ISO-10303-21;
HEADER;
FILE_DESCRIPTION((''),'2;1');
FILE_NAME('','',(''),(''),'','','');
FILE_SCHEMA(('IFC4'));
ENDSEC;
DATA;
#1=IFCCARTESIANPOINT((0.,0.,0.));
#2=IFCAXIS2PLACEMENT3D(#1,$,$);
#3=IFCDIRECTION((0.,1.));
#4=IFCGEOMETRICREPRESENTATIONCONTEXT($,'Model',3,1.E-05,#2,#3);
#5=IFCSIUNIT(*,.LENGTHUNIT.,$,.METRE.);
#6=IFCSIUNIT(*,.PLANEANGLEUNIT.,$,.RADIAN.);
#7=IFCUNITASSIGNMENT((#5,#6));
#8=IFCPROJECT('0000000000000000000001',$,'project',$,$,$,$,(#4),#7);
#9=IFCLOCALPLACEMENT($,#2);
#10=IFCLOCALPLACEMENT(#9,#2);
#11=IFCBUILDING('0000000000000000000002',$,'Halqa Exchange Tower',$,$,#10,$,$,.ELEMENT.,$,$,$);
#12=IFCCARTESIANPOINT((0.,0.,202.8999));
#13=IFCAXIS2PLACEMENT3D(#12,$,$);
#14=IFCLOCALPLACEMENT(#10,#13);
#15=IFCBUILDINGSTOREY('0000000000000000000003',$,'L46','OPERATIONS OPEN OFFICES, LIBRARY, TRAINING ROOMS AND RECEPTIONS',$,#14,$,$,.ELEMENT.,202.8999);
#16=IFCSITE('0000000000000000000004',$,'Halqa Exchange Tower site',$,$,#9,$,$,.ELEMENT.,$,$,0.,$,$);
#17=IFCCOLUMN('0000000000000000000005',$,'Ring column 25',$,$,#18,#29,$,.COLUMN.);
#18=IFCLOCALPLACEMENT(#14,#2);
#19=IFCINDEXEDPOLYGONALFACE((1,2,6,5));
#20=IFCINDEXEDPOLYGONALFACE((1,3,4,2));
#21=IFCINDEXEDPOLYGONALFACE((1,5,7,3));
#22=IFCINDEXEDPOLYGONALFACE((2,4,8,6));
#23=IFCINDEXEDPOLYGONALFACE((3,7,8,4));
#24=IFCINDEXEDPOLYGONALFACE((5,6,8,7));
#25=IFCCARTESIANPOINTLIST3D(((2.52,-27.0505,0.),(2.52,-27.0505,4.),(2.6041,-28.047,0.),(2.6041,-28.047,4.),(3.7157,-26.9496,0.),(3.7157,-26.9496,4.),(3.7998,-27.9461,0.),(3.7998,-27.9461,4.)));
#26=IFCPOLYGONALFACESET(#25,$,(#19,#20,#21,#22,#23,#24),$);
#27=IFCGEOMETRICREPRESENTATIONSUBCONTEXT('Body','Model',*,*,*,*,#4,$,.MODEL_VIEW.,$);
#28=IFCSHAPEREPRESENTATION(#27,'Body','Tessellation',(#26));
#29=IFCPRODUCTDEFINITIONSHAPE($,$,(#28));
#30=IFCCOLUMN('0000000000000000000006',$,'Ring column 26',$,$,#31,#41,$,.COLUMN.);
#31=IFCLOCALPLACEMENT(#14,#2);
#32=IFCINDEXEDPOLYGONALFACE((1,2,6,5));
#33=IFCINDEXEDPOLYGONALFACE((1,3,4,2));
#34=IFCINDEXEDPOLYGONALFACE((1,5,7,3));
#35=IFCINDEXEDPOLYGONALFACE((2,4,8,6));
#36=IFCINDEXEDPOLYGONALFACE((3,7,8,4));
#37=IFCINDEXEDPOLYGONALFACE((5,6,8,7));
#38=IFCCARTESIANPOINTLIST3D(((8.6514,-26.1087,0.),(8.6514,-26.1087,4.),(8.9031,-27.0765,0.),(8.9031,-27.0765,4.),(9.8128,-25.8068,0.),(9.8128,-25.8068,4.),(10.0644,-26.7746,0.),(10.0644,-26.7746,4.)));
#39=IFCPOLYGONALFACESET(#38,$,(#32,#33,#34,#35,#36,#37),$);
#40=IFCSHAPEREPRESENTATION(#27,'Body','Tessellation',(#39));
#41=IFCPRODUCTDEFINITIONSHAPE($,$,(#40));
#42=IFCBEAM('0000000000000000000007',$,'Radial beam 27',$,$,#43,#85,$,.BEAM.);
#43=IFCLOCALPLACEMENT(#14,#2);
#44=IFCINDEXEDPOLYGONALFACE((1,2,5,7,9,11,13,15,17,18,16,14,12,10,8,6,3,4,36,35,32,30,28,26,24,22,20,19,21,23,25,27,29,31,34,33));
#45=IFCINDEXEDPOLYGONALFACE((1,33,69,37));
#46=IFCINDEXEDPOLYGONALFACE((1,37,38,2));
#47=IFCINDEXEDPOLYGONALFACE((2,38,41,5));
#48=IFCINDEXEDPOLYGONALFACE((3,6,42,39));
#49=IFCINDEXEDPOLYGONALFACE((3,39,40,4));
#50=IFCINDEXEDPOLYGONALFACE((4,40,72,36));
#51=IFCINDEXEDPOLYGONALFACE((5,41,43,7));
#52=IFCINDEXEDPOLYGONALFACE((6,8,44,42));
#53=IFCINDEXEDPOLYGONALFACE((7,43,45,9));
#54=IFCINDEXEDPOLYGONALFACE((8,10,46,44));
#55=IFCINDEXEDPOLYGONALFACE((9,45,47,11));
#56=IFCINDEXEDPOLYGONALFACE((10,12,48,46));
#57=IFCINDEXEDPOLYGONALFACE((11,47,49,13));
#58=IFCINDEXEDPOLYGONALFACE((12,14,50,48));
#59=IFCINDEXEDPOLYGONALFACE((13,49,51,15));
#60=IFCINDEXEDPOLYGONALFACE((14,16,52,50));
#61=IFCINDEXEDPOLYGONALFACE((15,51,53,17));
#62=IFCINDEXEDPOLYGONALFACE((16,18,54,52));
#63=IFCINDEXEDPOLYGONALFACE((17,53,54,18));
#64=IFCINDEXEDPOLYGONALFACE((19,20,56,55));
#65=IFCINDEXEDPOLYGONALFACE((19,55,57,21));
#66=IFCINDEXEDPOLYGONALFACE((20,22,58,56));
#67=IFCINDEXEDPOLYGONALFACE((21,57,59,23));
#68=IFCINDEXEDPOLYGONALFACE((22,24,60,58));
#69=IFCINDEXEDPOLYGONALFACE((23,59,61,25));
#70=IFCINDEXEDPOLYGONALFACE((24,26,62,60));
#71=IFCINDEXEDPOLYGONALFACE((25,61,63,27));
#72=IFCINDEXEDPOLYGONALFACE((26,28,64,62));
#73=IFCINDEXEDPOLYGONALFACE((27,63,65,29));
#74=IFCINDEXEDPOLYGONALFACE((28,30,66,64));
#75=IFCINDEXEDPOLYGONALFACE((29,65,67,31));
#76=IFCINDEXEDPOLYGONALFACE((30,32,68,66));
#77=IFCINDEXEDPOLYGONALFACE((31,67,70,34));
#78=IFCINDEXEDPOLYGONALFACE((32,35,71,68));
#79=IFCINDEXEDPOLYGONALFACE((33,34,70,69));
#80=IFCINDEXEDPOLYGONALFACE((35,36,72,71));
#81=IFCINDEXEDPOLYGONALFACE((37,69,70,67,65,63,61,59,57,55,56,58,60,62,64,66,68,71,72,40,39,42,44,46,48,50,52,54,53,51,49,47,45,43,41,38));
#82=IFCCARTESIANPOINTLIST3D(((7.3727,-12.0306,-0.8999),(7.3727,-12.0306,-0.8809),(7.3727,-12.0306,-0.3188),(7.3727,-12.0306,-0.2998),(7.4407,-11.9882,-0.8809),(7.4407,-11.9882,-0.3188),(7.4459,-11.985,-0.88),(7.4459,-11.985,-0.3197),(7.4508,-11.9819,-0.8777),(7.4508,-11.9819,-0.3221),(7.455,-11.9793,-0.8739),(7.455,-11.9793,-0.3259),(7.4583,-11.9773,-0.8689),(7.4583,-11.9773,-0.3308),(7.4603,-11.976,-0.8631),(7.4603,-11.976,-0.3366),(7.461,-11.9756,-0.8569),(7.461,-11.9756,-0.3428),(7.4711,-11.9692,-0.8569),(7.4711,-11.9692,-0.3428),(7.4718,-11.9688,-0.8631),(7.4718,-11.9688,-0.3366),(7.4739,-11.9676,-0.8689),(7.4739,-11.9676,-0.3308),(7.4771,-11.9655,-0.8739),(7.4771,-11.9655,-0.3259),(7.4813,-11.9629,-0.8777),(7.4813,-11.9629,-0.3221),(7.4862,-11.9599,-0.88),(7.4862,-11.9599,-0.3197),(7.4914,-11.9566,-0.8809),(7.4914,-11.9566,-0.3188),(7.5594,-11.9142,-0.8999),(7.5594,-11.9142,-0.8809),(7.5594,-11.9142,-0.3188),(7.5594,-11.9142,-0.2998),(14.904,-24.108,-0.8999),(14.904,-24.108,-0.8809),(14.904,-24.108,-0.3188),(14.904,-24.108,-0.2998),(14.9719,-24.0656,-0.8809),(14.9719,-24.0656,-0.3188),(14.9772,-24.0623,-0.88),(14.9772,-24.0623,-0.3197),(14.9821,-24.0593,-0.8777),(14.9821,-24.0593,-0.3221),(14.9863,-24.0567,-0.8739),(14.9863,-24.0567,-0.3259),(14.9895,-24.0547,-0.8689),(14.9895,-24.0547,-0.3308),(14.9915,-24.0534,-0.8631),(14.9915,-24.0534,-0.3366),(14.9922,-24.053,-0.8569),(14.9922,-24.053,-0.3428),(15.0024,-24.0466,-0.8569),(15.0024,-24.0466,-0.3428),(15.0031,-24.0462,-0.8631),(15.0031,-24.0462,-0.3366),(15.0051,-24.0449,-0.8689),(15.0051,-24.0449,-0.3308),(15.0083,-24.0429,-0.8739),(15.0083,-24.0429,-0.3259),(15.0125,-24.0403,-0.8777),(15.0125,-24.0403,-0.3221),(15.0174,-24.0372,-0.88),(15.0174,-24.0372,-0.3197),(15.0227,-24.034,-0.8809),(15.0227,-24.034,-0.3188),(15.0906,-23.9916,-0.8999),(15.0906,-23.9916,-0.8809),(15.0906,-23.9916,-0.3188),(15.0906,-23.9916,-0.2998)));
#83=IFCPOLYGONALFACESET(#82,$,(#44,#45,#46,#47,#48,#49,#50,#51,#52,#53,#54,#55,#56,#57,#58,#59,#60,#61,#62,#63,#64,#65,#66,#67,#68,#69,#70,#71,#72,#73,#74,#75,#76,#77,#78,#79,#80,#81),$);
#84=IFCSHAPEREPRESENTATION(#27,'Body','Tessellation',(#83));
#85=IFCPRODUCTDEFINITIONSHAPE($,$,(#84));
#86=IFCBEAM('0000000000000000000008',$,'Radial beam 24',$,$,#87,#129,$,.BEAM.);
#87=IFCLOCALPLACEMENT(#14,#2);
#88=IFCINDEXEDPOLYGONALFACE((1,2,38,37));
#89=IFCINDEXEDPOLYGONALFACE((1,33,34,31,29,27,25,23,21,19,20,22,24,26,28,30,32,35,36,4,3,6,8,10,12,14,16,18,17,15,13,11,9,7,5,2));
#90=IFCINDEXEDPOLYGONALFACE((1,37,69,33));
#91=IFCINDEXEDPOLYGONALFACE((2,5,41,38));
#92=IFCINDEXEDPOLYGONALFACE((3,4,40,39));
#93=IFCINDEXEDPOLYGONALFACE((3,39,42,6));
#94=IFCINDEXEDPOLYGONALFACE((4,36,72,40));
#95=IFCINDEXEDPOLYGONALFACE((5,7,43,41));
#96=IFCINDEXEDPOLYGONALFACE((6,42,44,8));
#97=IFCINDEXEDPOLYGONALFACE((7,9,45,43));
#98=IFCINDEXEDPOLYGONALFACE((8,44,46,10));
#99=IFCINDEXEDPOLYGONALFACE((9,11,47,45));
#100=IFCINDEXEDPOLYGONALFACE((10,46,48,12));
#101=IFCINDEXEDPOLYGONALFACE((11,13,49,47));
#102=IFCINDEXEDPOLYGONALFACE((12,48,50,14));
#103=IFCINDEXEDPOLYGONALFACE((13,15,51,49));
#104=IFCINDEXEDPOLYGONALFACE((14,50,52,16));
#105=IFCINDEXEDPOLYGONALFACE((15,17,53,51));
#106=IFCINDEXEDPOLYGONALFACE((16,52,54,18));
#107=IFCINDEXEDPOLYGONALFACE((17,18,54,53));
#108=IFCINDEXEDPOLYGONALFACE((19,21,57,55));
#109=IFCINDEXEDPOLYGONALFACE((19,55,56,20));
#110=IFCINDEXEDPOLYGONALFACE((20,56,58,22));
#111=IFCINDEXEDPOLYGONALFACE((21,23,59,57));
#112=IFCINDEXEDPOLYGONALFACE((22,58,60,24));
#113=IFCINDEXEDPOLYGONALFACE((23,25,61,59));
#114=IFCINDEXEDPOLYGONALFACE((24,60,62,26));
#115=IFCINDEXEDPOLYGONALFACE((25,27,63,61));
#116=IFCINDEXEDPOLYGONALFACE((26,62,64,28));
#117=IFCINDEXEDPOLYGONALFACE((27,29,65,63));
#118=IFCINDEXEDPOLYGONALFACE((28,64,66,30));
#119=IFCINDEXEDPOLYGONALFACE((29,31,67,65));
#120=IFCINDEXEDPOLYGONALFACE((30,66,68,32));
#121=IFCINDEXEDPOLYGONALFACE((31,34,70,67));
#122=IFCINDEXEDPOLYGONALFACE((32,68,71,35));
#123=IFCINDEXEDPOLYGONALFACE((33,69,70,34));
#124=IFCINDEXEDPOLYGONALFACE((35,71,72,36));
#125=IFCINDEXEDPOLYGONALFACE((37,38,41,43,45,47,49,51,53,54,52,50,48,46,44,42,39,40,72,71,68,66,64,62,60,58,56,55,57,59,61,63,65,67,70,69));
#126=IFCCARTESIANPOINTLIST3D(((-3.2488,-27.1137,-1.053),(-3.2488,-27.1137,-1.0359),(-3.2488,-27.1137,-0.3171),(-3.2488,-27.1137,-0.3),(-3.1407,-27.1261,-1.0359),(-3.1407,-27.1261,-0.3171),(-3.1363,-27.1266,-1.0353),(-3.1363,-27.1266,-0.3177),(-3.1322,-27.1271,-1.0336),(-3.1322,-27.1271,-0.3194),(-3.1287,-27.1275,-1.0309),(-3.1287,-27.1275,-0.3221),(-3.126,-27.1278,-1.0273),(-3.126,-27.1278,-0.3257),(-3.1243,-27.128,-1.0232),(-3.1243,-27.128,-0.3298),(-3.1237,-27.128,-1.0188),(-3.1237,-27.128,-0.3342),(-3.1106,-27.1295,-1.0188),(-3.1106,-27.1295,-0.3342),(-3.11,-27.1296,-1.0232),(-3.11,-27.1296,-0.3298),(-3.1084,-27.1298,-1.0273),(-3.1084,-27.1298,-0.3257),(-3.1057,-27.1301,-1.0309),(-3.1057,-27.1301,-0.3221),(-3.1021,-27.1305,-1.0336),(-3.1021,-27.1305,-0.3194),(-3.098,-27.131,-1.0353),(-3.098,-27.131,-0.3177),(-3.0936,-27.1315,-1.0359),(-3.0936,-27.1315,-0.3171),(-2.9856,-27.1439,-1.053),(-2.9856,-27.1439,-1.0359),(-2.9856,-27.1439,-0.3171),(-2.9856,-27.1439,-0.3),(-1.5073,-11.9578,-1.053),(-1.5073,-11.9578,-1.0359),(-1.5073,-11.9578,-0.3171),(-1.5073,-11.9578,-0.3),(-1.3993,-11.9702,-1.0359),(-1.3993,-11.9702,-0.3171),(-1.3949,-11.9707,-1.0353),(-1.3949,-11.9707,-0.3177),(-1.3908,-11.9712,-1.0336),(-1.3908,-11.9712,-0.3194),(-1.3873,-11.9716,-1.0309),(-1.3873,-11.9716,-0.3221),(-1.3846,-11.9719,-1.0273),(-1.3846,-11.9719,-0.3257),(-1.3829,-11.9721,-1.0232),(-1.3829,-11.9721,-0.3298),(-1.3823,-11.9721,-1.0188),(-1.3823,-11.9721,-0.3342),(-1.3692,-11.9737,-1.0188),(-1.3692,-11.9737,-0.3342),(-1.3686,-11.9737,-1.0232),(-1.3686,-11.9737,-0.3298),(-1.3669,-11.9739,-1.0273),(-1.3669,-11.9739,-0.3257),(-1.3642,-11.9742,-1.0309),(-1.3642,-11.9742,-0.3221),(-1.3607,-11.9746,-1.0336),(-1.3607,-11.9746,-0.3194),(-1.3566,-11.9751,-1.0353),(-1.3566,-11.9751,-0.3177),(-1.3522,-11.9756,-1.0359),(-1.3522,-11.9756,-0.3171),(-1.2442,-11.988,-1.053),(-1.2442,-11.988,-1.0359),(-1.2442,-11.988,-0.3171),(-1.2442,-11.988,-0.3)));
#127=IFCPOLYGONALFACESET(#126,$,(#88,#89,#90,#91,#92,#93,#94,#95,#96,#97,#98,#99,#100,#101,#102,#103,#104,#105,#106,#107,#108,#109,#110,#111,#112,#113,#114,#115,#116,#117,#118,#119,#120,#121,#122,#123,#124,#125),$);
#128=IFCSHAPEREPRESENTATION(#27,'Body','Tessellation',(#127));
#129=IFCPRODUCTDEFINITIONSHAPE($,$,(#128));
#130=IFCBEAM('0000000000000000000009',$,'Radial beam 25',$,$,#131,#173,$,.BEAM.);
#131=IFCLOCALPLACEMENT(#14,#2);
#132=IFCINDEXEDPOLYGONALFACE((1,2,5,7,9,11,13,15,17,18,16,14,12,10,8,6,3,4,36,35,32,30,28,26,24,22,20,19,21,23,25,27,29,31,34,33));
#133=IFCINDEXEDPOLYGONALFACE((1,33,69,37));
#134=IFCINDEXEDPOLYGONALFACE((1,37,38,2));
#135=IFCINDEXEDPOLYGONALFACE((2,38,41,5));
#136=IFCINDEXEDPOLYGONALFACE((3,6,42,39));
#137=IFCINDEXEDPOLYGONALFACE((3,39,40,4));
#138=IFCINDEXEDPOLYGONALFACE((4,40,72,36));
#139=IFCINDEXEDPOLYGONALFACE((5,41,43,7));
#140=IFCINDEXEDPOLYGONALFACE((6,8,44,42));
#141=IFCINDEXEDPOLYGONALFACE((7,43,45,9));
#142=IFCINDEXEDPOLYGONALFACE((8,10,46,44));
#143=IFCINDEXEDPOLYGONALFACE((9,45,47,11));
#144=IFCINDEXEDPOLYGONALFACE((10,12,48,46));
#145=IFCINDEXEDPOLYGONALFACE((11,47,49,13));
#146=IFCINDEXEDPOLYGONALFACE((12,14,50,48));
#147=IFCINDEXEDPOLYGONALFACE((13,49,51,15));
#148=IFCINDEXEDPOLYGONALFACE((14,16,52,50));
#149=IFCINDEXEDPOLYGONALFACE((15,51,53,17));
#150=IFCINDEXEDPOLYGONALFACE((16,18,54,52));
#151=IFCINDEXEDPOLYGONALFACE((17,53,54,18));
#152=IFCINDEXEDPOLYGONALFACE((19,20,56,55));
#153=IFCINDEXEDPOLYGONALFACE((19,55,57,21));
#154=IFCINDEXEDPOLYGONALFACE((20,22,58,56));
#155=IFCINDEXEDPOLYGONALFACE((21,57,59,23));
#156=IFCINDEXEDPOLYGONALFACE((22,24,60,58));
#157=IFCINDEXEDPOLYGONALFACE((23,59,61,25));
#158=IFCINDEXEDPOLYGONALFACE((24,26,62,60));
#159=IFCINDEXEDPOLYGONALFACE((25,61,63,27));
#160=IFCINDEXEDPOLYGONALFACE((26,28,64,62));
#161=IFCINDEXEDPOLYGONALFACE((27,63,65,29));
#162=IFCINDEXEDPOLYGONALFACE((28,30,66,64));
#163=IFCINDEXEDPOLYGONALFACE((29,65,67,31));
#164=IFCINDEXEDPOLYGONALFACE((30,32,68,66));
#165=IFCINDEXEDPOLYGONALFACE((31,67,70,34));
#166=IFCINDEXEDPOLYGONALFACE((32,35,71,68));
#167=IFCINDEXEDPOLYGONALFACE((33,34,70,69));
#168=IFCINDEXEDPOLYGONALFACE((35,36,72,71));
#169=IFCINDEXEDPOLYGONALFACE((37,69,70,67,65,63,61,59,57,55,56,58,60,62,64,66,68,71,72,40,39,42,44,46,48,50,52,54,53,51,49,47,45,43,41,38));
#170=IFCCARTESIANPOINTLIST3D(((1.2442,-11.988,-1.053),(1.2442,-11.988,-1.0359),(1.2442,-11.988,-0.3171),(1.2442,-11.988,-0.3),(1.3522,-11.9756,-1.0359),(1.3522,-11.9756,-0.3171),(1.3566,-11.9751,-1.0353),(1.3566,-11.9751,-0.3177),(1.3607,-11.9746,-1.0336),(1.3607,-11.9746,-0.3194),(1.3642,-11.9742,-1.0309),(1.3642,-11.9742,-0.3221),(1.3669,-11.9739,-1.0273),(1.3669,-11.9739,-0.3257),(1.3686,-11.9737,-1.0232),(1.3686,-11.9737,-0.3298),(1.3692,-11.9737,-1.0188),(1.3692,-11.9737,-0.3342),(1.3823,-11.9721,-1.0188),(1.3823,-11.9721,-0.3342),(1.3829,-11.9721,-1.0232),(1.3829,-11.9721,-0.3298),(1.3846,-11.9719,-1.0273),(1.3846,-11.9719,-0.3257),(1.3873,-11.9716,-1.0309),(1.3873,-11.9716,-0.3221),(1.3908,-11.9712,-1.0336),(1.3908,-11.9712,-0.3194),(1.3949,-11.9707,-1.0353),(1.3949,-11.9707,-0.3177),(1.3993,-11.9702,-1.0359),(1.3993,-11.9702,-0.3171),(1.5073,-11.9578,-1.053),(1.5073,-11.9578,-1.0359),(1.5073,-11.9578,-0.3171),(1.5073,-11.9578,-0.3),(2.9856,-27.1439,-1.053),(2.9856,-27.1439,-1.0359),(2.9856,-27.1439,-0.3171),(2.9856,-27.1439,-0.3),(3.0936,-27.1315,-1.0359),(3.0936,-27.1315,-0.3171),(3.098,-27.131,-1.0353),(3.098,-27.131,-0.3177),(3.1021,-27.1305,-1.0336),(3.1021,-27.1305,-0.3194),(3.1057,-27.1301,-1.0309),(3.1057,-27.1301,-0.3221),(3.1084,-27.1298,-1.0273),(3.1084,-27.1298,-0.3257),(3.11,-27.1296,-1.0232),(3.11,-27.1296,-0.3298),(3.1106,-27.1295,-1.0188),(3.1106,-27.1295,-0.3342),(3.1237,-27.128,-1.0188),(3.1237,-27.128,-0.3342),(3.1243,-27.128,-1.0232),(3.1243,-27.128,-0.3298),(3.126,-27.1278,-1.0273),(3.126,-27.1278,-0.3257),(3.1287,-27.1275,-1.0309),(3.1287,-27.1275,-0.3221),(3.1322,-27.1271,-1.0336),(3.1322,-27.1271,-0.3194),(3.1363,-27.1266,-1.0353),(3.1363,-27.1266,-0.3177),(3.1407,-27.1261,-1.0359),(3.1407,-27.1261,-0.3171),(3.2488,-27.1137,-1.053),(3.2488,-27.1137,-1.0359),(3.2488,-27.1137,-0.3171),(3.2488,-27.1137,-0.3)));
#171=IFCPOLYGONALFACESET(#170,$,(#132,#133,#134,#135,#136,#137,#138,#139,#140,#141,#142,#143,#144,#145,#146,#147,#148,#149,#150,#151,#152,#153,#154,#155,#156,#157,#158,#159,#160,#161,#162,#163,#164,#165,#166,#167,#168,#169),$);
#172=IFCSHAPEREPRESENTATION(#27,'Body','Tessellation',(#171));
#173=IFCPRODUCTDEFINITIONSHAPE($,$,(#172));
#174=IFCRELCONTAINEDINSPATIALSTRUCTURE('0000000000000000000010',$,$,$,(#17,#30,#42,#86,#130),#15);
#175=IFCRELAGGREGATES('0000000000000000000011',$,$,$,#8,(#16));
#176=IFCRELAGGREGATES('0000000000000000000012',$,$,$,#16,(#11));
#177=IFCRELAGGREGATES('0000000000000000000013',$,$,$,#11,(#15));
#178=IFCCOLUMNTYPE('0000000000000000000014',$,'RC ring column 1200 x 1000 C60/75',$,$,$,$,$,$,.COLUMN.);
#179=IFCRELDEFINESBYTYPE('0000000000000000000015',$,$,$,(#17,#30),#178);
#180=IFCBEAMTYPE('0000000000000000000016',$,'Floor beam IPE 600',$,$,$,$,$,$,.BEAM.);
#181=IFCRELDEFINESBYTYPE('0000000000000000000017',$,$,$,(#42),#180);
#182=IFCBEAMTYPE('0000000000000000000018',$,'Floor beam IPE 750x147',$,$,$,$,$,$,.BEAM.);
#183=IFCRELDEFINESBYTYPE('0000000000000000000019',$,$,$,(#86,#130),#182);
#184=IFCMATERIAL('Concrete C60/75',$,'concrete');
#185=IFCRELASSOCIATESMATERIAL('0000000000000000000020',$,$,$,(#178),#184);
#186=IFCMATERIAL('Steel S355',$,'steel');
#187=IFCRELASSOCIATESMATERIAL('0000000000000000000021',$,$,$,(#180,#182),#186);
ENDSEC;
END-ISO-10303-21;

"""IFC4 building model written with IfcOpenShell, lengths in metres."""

from ifc_helpers import new_model, si_unit, direction, frame, origin, origin_2d, place, context, subcontext, project, spatial, rectangle, i_section, extrude, material, material_profile, profile_set, type_object, element, save


model = new_model("IFC4")

# Units and contexts
model_context = context("Model", 3, precision=1e-05, world=origin(), true_north=direction((0.0, 1.0)))
body_context = subcontext(model_context, "Body", "Model", "MODEL_VIEW")
ifc_project = project(units=[si_unit("LENGTHUNIT", "METRE"), si_unit("PLANEANGLEUNIT", "RADIAN")], contexts=[model_context])

# Site, building, storey
site_placement = place(None, origin())
site = spatial("IfcSite", under=ifc_project, at=site_placement, Name="Halqa Exchange Tower site", CompositionType="ELEMENT", RefElevation=0.0)
building_placement = place(site_placement, origin())
building = spatial("IfcBuilding", under=site, at=building_placement, Name="Halqa Exchange Tower", CompositionType="ELEMENT")
storey_placement = place(building_placement, frame((0.0, 0.0, 202.8999)))
storey = spatial("IfcBuildingStorey", under=building, at=storey_placement, Name="L46", Description="OPERATIONS OPEN OFFICES, LIBRARY, TRAINING ROOMS AND RECEPTIONS", CompositionType="ELEMENT", Elevation=202.8999)

# Columns
ifc_material_1 = material(Name="Concrete C60/75", Category="concrete")
ifc_material_profile_1 = material_profile(ifc_material_1, rectangle(XDim=1.2, YDim=1.0, at=origin_2d()), Name="1200 x 1000")
ifc_profile_set_1 = profile_set([ifc_material_profile_1], Name="Concrete C60/75")
column_type = type_object("IfcColumnType", Name="RC ring column 1200 x 1000 C60/75", PredefinedType="COLUMN", material=ifc_profile_set_1)
for number, where, z_axis, x_axis, name in (
    (1, (3.1599, -27.4983, 0.0), (0.0, 0.0, 1.0), (0.996456, 0.084118, 0.0), "Ring column 25"),
    (2, (9.3579, -26.4417, 0.0), (0.0, 0.0, 1.0), (0.96782, 0.251642, 0.0), "Ring column 26"),
):
    element("IfcColumn", number, at=place(storey_placement, frame(where, z_axis=z_axis, x_axis=x_axis)), inside=storey, type_object=column_type, Name=name, PredefinedType="COLUMN", context=body_context, shape_type="SweptSolid", body=[
        extrude(rectangle(XDim=1.2, YDim=1.0, at=origin_2d()), origin(), (0.0, 0.0, 1.0), 4.0),
    ])

# Beams
ifc_material_2 = material(Name="Steel S355", Category="steel")
ifc_material_profile_2 = material_profile(ifc_material_2, i_section(OverallWidth=0.22, OverallDepth=0.6001, WebThickness=0.012, FlangeThickness=0.019, FilletRadius=0.0239, at=origin_2d()), Name="IPE 600")
ifc_profile_set_2 = profile_set([ifc_material_profile_2], Name="Steel S355")
beam_type_1 = type_object("IfcBeamType", Name="Floor beam IPE 600", PredefinedType="BEAM", material=ifc_profile_set_2)
beam_1_placement = place(storey_placement, frame((7.4661, -11.9724, -0.5999), z_axis=(0.529134, -0.848538, 0.0), x_axis=(0.848538, 0.529134, 0.0)))
element("IfcBeam", 3, at=beam_1_placement, inside=storey, type_object=beam_type_1, Name="Radial beam 27", PredefinedType="BEAM", context=body_context, shape_type="SweptSolid", body=[
    extrude(i_section(OverallWidth=0.22, OverallDepth=0.6001, WebThickness=0.012, FlangeThickness=0.019, FilletRadius=0.0239, at=origin_2d()), origin(), (0.0, 0.0, 1.0), 14.2332),
])
ifc_material_profile_3 = material_profile(ifc_material_2, i_section(OverallWidth=0.2649, OverallDepth=0.7529, WebThickness=0.0132, FlangeThickness=0.0171, FilletRadius=0.0171, at=origin_2d()), Name="IPE 750x147")
ifc_profile_set_3 = profile_set([ifc_material_profile_3], Name="Steel S355")
beam_type_2 = type_object("IfcBeamType", Name="Floor beam IPE 750x147", PredefinedType="BEAM", material=ifc_profile_set_3)
for number, where, z_axis, x_axis, name in (
    (4, (-1.3757, -11.9729, -0.6765), (-0.114151, -0.993463, 0.0), (0.993463, -0.114151, 0.0), "Radial beam 24"),
    (5, (1.3757, -11.9729, -0.6765), (0.114151, -0.993463, 0.0), (0.993463, 0.114151, 0.0), "Radial beam 25"),
):
    element("IfcBeam", number, at=place(storey_placement, frame(where, z_axis=z_axis, x_axis=x_axis)), inside=storey, type_object=beam_type_2, Name=name, PredefinedType="BEAM", context=body_context, shape_type="SweptSolid", body=[
        extrude(i_section(OverallWidth=0.2649, OverallDepth=0.7529, WebThickness=0.0132, FlangeThickness=0.0171, FilletRadius=0.0171, at=origin_2d()), origin(), (0.0, 0.0, 1.0), 15.2556),
    ])

save(model, "model.ifc")
